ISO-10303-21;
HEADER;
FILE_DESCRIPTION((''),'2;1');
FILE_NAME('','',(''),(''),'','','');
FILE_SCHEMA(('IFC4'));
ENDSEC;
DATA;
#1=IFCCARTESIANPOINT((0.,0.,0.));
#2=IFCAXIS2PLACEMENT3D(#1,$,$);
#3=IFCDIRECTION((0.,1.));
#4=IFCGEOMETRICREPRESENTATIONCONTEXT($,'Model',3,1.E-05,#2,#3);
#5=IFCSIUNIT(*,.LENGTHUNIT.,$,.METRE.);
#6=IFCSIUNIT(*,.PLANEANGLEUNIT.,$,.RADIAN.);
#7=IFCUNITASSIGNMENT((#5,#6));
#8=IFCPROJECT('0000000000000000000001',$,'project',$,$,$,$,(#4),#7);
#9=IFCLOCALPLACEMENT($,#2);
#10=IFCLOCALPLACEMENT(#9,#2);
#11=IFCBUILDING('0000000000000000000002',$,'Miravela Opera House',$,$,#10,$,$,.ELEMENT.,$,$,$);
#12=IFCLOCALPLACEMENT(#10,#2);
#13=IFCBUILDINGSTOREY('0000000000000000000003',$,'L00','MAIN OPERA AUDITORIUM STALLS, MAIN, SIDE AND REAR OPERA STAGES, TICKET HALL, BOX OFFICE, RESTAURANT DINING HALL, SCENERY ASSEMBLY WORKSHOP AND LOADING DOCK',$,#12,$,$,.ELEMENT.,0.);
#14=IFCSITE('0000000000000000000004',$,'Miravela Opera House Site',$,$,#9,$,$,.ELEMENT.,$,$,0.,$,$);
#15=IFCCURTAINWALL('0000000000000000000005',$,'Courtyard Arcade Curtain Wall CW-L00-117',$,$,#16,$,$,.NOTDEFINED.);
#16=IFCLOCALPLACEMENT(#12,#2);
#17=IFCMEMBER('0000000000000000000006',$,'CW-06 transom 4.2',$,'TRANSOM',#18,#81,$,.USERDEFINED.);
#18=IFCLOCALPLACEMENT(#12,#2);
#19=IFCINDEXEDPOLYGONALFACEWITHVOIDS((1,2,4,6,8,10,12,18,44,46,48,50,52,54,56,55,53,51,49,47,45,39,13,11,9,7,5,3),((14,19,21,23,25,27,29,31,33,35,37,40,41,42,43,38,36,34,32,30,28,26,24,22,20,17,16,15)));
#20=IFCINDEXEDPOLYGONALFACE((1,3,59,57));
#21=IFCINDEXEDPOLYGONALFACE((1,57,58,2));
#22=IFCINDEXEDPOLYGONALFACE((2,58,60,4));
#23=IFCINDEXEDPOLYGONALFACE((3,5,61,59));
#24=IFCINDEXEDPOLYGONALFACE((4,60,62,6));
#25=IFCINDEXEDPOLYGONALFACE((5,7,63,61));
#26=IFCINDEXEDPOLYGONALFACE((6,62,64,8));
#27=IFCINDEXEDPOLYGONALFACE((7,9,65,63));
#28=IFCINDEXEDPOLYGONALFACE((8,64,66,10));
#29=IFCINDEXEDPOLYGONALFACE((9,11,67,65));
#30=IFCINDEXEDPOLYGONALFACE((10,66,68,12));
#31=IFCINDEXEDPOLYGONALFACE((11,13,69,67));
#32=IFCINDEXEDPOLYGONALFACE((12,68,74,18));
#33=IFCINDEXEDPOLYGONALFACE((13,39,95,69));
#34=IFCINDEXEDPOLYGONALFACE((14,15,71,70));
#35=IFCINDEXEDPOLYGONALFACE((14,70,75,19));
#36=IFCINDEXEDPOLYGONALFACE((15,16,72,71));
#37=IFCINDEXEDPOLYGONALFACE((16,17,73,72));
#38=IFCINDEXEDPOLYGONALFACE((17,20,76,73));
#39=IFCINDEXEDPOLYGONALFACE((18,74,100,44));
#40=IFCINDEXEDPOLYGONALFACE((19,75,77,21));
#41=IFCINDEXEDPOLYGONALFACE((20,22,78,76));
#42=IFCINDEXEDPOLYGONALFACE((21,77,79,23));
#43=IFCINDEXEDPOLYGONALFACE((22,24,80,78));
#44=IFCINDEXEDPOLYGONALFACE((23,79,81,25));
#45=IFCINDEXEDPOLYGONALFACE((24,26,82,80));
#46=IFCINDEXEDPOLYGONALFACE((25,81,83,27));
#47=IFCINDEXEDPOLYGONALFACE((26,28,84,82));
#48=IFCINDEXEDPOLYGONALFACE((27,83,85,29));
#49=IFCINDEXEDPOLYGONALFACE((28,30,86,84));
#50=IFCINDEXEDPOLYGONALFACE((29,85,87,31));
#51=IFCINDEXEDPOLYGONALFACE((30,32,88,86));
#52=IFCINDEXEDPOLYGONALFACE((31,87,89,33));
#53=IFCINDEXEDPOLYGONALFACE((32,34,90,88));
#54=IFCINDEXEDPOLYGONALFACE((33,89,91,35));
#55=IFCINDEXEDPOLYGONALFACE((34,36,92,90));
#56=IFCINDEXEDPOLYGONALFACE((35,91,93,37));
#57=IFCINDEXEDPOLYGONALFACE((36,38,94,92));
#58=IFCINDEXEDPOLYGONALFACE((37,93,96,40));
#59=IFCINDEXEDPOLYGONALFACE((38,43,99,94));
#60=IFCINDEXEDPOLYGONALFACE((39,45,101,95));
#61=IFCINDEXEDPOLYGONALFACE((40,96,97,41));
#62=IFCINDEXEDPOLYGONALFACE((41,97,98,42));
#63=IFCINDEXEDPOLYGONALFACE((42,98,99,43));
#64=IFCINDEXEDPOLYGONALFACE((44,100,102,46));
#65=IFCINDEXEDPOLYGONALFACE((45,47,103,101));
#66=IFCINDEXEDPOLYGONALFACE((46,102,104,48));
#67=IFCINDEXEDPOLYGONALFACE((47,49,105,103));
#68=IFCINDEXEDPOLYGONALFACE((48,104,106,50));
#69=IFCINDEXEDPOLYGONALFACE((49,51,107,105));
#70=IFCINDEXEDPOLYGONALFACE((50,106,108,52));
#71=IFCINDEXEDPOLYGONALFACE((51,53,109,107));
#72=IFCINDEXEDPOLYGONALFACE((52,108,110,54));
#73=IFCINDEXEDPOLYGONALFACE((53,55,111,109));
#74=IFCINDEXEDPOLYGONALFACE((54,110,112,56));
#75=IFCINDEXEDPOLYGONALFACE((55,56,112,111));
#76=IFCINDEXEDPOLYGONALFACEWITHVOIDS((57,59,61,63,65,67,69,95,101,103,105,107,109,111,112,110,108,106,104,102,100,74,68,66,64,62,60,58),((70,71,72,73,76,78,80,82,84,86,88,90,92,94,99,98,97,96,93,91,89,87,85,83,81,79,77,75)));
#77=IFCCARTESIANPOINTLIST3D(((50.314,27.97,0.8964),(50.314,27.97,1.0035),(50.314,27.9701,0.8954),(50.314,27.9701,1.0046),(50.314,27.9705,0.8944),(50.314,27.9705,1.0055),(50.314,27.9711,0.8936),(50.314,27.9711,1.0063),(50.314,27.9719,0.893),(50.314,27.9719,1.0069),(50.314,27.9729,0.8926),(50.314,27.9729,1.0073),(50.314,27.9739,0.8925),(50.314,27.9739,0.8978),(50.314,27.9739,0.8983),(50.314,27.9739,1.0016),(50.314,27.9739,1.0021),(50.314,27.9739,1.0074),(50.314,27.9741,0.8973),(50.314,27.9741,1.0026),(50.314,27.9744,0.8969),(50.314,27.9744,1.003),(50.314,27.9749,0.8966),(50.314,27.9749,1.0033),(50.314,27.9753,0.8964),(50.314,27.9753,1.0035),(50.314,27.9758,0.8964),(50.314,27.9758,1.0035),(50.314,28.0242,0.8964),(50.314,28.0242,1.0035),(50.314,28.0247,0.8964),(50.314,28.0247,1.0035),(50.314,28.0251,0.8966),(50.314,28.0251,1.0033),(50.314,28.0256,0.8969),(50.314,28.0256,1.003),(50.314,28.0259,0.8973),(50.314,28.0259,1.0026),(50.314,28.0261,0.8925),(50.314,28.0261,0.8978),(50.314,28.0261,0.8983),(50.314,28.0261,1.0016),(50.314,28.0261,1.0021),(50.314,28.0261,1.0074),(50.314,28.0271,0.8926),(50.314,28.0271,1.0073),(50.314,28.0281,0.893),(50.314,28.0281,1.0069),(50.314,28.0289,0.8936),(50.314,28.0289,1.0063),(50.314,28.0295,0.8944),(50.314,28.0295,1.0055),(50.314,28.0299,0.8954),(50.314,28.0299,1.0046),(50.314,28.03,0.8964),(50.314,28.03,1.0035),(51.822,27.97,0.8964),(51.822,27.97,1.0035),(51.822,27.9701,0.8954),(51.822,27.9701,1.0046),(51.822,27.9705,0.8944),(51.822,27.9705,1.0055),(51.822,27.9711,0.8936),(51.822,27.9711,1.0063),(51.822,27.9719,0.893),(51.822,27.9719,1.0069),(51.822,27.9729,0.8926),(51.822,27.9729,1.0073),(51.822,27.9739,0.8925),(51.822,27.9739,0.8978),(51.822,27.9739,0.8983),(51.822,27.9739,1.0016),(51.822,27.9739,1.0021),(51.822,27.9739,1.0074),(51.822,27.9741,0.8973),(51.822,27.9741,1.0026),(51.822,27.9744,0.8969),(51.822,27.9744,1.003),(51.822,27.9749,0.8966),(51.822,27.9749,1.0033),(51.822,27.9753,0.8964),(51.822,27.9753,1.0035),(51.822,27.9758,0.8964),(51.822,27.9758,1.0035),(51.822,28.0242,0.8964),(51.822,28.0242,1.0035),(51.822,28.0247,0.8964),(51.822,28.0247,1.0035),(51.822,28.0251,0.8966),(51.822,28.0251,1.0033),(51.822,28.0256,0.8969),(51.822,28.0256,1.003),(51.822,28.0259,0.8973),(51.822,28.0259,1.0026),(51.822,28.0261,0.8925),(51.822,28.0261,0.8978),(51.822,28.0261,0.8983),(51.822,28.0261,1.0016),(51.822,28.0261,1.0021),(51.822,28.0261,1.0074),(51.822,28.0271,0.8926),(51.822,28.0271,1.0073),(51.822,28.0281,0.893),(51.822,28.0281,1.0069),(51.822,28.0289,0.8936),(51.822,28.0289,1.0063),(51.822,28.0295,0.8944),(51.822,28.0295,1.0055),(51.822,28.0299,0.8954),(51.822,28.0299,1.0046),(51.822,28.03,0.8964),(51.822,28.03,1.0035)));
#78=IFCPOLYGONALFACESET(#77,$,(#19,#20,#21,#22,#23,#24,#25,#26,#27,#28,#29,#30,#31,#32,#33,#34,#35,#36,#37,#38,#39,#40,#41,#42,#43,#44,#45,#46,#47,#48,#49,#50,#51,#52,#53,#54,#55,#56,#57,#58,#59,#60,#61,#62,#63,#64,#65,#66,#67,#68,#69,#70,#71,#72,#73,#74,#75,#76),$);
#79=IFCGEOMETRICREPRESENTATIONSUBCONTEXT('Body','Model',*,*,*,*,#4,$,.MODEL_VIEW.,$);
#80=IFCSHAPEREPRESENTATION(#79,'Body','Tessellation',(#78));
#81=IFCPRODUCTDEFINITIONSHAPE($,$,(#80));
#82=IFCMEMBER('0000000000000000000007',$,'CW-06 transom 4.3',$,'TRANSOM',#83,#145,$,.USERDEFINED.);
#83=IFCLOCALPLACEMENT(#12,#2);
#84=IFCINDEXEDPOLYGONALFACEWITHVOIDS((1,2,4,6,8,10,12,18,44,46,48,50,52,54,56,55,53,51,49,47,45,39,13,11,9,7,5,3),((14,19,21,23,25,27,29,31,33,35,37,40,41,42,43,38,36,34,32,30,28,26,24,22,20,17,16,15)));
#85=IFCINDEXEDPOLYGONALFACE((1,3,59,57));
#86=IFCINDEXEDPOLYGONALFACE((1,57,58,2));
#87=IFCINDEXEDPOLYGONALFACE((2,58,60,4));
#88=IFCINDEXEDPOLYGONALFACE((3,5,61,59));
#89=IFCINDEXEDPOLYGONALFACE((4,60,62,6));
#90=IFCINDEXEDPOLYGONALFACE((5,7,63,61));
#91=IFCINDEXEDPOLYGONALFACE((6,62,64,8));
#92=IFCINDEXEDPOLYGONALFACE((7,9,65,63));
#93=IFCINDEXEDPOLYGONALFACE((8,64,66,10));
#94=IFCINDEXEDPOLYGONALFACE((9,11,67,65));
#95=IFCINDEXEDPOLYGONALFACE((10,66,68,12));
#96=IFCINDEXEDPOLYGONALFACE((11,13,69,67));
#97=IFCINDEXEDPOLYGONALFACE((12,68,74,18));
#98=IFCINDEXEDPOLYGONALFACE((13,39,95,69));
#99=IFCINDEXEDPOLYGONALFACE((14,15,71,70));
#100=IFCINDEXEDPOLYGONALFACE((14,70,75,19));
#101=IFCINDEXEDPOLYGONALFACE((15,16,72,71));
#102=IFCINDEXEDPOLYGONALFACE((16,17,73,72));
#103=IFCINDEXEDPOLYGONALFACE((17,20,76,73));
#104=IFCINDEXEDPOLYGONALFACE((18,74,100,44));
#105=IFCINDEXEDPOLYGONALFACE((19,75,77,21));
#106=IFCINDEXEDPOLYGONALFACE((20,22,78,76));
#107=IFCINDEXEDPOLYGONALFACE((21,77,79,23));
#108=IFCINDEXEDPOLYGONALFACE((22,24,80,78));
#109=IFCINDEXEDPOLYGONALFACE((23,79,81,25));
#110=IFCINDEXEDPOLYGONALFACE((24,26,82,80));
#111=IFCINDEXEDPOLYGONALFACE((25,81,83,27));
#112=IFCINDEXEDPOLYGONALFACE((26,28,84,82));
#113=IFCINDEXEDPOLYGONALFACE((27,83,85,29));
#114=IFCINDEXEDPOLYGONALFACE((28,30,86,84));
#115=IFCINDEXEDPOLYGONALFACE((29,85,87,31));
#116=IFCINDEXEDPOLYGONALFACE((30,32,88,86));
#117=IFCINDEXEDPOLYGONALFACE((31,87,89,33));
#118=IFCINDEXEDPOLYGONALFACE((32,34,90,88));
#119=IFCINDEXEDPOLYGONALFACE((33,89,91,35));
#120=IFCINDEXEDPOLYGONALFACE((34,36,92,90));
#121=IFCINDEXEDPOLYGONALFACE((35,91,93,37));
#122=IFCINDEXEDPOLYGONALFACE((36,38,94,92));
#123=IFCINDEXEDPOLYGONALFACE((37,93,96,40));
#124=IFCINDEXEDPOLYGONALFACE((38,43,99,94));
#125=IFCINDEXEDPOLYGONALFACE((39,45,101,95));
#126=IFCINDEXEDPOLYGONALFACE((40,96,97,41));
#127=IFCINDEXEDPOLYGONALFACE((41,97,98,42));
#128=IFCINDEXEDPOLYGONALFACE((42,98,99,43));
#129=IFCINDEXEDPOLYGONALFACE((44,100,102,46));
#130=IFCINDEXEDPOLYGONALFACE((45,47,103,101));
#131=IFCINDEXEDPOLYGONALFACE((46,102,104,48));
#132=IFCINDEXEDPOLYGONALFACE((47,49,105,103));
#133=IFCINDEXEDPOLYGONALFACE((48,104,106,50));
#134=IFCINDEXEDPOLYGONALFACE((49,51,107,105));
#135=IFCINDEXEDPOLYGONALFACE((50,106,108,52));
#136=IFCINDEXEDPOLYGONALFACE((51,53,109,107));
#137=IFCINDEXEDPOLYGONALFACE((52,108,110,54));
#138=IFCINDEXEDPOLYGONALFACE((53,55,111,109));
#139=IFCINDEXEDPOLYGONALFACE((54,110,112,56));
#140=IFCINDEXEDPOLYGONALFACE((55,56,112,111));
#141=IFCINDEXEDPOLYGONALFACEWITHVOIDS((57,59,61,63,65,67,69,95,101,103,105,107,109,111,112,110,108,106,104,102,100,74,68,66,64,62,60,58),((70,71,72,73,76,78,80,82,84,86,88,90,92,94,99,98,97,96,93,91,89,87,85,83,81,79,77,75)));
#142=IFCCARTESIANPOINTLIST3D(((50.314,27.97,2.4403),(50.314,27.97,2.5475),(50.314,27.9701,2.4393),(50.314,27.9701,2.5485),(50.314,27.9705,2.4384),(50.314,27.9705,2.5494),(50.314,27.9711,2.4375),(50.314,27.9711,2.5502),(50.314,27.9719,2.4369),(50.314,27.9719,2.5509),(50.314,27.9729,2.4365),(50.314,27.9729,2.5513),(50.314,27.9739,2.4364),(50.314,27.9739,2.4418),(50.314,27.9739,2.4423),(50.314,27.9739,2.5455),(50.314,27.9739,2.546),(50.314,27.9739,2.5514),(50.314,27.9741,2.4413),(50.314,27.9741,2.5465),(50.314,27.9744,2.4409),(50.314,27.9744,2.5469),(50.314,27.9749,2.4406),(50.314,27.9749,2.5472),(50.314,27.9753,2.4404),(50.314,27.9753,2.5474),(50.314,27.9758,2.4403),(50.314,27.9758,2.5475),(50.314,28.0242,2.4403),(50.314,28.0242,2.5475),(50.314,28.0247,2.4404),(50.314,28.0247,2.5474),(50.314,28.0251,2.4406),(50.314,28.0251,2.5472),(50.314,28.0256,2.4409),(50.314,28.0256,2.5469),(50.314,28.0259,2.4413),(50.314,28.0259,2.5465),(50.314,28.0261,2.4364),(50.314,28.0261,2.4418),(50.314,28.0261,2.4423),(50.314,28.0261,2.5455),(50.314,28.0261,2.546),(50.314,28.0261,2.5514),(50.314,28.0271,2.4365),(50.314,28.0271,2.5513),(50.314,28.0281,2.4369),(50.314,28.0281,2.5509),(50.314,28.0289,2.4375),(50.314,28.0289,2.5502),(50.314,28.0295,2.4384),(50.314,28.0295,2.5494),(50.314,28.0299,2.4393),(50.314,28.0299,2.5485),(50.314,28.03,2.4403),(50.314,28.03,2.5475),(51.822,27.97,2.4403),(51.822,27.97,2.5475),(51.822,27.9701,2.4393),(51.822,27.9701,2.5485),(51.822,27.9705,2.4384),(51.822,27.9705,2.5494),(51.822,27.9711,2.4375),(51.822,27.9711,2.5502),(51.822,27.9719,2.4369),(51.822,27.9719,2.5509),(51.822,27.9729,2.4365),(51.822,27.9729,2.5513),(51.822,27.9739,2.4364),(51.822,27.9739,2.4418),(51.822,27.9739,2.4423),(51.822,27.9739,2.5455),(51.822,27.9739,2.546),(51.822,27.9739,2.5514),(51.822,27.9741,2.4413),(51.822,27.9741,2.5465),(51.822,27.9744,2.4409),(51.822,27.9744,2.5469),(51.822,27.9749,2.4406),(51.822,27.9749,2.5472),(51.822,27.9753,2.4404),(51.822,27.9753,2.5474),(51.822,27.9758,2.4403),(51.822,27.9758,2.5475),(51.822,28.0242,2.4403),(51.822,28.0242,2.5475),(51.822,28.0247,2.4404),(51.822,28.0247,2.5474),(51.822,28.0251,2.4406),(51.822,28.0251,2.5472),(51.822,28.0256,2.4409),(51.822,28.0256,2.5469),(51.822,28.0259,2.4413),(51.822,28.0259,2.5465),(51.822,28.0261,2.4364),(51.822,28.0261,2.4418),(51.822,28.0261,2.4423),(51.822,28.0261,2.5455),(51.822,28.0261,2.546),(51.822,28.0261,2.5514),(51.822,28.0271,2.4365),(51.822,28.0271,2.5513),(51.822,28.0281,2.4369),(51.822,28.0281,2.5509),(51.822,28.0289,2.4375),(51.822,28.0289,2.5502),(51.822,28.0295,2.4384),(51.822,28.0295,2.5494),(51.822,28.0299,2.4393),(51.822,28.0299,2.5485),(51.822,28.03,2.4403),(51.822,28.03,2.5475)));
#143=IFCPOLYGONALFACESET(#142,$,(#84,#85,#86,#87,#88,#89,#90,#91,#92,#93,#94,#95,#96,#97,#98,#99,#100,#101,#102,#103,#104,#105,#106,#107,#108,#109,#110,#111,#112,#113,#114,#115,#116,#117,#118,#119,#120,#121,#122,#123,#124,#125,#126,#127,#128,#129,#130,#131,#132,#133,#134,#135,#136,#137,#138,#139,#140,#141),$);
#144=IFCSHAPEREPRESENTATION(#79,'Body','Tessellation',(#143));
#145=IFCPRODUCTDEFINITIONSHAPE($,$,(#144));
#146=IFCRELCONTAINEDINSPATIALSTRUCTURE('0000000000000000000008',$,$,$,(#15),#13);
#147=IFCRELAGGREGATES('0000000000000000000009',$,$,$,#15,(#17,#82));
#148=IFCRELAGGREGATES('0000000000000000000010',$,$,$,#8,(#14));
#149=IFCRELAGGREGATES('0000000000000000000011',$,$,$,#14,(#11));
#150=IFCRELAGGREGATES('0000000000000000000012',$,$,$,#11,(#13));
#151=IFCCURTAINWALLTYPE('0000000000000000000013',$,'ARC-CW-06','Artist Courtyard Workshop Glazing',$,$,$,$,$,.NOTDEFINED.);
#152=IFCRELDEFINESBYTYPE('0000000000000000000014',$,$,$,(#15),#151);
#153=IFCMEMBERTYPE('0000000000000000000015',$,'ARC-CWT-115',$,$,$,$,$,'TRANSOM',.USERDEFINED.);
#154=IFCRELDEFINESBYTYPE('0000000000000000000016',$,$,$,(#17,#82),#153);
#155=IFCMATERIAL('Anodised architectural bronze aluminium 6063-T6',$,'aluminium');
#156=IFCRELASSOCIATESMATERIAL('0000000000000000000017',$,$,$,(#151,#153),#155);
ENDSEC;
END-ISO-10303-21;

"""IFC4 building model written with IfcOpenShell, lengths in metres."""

from ifc_helpers import new_model, si_unit, direction, frame, origin, origin_2d, place, context, subcontext, project, spatial, hollow_rectangle, extrude, material, material_profile, profile_set, type_object, element, aggregate, save


model = new_model("IFC4")

# Units and contexts
model_context = context("Model", 3, precision=1e-05, world=origin(), true_north=direction((0.0, 1.0)))
body_context = subcontext(model_context, "Body", "Model", "MODEL_VIEW")
ifc_project = project(units=[si_unit("LENGTHUNIT", "METRE"), si_unit("PLANEANGLEUNIT", "RADIAN")], contexts=[model_context])

# Site, building, storey
site_placement = place(None, origin())
site = spatial("IfcSite", under=ifc_project, at=site_placement, Name="Miravela Opera House Site", CompositionType="ELEMENT", RefElevation=0.0)
building_placement = place(site_placement, origin())
building = spatial("IfcBuilding", under=site, at=building_placement, Name="Miravela Opera House", CompositionType="ELEMENT")
storey_placement = place(building_placement, origin())
storey = spatial("IfcBuildingStorey", under=building, at=storey_placement, Name="L00", Description="MAIN OPERA AUDITORIUM STALLS, MAIN, SIDE AND REAR OPERA STAGES, TICKET HALL, BOX OFFICE, RESTAURANT DINING HALL, SCENERY ASSEMBLY WORKSHOP AND LOADING DOCK", CompositionType="ELEMENT", Elevation=0.0)

# Curtain wall, members
ifc_material_1 = material(Name="Anodised architectural bronze aluminium 6063-T6", Category="aluminium")
curtain_wall_type = type_object("IfcCurtainWallType", Name="ARC-CW-06", Description="Artist Courtyard Workshop Glazing", PredefinedType="NOTDEFINED", material=ifc_material_1)
curtain_wall_placement = place(storey_placement, origin())
curtain_wall = element("IfcCurtainWall", 1, at=curtain_wall_placement, inside=storey, type_object=curtain_wall_type, Name="Courtyard Arcade Curtain Wall CW-L00-117", PredefinedType="NOTDEFINED")
ifc_material_profile_1 = material_profile(ifc_material_1, hollow_rectangle(XDim=0.0601, YDim=0.115, WallThickness=0.0039, InnerFilletRadius=0.002, OuterFilletRadius=0.0039, at=origin_2d()), Name="CWT-60X115")
ifc_profile_set_1 = profile_set([ifc_material_profile_1])
member_type_1 = type_object("IfcMemberType", Name="ARC-CWT-115", ElementType="TRANSOM", PredefinedType="USERDEFINED", material=ifc_profile_set_1)
member_1_placement = place(storey_placement, frame((50.314, 28.0, 0.95), z_axis=(1.0, 0.0, 0.0), x_axis=(0.0, 1.0, 0.0)))
member_1 = element("IfcMember", 2, at=member_1_placement, type_object=member_type_1, Name="CW-06 transom 4.2", ObjectType="TRANSOM", PredefinedType="USERDEFINED", context=body_context, shape_type="SweptSolid", body=[
    extrude(hollow_rectangle(XDim=0.0601, YDim=0.115, WallThickness=0.0039, InnerFilletRadius=0.002, OuterFilletRadius=0.0039, at=origin_2d()), origin(), (0.0, 0.0, 1.0), 1.5081),
])
member_2_placement = place(storey_placement, frame((50.314, 28.0, 2.4939), z_axis=(1.0, 0.0, 0.0), x_axis=(0.0, 1.0, 0.0)))
member_2 = element("IfcMember", 3, at=member_2_placement, type_object=member_type_1, Name="CW-06 transom 4.3", ObjectType="TRANSOM", PredefinedType="USERDEFINED", context=body_context, shape_type="SweptSolid", body=[
    extrude(hollow_rectangle(XDim=0.0601, YDim=0.115, WallThickness=0.0039, InnerFilletRadius=0.002, OuterFilletRadius=0.0039, at=origin_2d()), origin(), (0.0, 0.0, 1.0), 1.5081),
])
aggregate(curtain_wall, [member_1, member_2])

save(model, "model.ifc")
